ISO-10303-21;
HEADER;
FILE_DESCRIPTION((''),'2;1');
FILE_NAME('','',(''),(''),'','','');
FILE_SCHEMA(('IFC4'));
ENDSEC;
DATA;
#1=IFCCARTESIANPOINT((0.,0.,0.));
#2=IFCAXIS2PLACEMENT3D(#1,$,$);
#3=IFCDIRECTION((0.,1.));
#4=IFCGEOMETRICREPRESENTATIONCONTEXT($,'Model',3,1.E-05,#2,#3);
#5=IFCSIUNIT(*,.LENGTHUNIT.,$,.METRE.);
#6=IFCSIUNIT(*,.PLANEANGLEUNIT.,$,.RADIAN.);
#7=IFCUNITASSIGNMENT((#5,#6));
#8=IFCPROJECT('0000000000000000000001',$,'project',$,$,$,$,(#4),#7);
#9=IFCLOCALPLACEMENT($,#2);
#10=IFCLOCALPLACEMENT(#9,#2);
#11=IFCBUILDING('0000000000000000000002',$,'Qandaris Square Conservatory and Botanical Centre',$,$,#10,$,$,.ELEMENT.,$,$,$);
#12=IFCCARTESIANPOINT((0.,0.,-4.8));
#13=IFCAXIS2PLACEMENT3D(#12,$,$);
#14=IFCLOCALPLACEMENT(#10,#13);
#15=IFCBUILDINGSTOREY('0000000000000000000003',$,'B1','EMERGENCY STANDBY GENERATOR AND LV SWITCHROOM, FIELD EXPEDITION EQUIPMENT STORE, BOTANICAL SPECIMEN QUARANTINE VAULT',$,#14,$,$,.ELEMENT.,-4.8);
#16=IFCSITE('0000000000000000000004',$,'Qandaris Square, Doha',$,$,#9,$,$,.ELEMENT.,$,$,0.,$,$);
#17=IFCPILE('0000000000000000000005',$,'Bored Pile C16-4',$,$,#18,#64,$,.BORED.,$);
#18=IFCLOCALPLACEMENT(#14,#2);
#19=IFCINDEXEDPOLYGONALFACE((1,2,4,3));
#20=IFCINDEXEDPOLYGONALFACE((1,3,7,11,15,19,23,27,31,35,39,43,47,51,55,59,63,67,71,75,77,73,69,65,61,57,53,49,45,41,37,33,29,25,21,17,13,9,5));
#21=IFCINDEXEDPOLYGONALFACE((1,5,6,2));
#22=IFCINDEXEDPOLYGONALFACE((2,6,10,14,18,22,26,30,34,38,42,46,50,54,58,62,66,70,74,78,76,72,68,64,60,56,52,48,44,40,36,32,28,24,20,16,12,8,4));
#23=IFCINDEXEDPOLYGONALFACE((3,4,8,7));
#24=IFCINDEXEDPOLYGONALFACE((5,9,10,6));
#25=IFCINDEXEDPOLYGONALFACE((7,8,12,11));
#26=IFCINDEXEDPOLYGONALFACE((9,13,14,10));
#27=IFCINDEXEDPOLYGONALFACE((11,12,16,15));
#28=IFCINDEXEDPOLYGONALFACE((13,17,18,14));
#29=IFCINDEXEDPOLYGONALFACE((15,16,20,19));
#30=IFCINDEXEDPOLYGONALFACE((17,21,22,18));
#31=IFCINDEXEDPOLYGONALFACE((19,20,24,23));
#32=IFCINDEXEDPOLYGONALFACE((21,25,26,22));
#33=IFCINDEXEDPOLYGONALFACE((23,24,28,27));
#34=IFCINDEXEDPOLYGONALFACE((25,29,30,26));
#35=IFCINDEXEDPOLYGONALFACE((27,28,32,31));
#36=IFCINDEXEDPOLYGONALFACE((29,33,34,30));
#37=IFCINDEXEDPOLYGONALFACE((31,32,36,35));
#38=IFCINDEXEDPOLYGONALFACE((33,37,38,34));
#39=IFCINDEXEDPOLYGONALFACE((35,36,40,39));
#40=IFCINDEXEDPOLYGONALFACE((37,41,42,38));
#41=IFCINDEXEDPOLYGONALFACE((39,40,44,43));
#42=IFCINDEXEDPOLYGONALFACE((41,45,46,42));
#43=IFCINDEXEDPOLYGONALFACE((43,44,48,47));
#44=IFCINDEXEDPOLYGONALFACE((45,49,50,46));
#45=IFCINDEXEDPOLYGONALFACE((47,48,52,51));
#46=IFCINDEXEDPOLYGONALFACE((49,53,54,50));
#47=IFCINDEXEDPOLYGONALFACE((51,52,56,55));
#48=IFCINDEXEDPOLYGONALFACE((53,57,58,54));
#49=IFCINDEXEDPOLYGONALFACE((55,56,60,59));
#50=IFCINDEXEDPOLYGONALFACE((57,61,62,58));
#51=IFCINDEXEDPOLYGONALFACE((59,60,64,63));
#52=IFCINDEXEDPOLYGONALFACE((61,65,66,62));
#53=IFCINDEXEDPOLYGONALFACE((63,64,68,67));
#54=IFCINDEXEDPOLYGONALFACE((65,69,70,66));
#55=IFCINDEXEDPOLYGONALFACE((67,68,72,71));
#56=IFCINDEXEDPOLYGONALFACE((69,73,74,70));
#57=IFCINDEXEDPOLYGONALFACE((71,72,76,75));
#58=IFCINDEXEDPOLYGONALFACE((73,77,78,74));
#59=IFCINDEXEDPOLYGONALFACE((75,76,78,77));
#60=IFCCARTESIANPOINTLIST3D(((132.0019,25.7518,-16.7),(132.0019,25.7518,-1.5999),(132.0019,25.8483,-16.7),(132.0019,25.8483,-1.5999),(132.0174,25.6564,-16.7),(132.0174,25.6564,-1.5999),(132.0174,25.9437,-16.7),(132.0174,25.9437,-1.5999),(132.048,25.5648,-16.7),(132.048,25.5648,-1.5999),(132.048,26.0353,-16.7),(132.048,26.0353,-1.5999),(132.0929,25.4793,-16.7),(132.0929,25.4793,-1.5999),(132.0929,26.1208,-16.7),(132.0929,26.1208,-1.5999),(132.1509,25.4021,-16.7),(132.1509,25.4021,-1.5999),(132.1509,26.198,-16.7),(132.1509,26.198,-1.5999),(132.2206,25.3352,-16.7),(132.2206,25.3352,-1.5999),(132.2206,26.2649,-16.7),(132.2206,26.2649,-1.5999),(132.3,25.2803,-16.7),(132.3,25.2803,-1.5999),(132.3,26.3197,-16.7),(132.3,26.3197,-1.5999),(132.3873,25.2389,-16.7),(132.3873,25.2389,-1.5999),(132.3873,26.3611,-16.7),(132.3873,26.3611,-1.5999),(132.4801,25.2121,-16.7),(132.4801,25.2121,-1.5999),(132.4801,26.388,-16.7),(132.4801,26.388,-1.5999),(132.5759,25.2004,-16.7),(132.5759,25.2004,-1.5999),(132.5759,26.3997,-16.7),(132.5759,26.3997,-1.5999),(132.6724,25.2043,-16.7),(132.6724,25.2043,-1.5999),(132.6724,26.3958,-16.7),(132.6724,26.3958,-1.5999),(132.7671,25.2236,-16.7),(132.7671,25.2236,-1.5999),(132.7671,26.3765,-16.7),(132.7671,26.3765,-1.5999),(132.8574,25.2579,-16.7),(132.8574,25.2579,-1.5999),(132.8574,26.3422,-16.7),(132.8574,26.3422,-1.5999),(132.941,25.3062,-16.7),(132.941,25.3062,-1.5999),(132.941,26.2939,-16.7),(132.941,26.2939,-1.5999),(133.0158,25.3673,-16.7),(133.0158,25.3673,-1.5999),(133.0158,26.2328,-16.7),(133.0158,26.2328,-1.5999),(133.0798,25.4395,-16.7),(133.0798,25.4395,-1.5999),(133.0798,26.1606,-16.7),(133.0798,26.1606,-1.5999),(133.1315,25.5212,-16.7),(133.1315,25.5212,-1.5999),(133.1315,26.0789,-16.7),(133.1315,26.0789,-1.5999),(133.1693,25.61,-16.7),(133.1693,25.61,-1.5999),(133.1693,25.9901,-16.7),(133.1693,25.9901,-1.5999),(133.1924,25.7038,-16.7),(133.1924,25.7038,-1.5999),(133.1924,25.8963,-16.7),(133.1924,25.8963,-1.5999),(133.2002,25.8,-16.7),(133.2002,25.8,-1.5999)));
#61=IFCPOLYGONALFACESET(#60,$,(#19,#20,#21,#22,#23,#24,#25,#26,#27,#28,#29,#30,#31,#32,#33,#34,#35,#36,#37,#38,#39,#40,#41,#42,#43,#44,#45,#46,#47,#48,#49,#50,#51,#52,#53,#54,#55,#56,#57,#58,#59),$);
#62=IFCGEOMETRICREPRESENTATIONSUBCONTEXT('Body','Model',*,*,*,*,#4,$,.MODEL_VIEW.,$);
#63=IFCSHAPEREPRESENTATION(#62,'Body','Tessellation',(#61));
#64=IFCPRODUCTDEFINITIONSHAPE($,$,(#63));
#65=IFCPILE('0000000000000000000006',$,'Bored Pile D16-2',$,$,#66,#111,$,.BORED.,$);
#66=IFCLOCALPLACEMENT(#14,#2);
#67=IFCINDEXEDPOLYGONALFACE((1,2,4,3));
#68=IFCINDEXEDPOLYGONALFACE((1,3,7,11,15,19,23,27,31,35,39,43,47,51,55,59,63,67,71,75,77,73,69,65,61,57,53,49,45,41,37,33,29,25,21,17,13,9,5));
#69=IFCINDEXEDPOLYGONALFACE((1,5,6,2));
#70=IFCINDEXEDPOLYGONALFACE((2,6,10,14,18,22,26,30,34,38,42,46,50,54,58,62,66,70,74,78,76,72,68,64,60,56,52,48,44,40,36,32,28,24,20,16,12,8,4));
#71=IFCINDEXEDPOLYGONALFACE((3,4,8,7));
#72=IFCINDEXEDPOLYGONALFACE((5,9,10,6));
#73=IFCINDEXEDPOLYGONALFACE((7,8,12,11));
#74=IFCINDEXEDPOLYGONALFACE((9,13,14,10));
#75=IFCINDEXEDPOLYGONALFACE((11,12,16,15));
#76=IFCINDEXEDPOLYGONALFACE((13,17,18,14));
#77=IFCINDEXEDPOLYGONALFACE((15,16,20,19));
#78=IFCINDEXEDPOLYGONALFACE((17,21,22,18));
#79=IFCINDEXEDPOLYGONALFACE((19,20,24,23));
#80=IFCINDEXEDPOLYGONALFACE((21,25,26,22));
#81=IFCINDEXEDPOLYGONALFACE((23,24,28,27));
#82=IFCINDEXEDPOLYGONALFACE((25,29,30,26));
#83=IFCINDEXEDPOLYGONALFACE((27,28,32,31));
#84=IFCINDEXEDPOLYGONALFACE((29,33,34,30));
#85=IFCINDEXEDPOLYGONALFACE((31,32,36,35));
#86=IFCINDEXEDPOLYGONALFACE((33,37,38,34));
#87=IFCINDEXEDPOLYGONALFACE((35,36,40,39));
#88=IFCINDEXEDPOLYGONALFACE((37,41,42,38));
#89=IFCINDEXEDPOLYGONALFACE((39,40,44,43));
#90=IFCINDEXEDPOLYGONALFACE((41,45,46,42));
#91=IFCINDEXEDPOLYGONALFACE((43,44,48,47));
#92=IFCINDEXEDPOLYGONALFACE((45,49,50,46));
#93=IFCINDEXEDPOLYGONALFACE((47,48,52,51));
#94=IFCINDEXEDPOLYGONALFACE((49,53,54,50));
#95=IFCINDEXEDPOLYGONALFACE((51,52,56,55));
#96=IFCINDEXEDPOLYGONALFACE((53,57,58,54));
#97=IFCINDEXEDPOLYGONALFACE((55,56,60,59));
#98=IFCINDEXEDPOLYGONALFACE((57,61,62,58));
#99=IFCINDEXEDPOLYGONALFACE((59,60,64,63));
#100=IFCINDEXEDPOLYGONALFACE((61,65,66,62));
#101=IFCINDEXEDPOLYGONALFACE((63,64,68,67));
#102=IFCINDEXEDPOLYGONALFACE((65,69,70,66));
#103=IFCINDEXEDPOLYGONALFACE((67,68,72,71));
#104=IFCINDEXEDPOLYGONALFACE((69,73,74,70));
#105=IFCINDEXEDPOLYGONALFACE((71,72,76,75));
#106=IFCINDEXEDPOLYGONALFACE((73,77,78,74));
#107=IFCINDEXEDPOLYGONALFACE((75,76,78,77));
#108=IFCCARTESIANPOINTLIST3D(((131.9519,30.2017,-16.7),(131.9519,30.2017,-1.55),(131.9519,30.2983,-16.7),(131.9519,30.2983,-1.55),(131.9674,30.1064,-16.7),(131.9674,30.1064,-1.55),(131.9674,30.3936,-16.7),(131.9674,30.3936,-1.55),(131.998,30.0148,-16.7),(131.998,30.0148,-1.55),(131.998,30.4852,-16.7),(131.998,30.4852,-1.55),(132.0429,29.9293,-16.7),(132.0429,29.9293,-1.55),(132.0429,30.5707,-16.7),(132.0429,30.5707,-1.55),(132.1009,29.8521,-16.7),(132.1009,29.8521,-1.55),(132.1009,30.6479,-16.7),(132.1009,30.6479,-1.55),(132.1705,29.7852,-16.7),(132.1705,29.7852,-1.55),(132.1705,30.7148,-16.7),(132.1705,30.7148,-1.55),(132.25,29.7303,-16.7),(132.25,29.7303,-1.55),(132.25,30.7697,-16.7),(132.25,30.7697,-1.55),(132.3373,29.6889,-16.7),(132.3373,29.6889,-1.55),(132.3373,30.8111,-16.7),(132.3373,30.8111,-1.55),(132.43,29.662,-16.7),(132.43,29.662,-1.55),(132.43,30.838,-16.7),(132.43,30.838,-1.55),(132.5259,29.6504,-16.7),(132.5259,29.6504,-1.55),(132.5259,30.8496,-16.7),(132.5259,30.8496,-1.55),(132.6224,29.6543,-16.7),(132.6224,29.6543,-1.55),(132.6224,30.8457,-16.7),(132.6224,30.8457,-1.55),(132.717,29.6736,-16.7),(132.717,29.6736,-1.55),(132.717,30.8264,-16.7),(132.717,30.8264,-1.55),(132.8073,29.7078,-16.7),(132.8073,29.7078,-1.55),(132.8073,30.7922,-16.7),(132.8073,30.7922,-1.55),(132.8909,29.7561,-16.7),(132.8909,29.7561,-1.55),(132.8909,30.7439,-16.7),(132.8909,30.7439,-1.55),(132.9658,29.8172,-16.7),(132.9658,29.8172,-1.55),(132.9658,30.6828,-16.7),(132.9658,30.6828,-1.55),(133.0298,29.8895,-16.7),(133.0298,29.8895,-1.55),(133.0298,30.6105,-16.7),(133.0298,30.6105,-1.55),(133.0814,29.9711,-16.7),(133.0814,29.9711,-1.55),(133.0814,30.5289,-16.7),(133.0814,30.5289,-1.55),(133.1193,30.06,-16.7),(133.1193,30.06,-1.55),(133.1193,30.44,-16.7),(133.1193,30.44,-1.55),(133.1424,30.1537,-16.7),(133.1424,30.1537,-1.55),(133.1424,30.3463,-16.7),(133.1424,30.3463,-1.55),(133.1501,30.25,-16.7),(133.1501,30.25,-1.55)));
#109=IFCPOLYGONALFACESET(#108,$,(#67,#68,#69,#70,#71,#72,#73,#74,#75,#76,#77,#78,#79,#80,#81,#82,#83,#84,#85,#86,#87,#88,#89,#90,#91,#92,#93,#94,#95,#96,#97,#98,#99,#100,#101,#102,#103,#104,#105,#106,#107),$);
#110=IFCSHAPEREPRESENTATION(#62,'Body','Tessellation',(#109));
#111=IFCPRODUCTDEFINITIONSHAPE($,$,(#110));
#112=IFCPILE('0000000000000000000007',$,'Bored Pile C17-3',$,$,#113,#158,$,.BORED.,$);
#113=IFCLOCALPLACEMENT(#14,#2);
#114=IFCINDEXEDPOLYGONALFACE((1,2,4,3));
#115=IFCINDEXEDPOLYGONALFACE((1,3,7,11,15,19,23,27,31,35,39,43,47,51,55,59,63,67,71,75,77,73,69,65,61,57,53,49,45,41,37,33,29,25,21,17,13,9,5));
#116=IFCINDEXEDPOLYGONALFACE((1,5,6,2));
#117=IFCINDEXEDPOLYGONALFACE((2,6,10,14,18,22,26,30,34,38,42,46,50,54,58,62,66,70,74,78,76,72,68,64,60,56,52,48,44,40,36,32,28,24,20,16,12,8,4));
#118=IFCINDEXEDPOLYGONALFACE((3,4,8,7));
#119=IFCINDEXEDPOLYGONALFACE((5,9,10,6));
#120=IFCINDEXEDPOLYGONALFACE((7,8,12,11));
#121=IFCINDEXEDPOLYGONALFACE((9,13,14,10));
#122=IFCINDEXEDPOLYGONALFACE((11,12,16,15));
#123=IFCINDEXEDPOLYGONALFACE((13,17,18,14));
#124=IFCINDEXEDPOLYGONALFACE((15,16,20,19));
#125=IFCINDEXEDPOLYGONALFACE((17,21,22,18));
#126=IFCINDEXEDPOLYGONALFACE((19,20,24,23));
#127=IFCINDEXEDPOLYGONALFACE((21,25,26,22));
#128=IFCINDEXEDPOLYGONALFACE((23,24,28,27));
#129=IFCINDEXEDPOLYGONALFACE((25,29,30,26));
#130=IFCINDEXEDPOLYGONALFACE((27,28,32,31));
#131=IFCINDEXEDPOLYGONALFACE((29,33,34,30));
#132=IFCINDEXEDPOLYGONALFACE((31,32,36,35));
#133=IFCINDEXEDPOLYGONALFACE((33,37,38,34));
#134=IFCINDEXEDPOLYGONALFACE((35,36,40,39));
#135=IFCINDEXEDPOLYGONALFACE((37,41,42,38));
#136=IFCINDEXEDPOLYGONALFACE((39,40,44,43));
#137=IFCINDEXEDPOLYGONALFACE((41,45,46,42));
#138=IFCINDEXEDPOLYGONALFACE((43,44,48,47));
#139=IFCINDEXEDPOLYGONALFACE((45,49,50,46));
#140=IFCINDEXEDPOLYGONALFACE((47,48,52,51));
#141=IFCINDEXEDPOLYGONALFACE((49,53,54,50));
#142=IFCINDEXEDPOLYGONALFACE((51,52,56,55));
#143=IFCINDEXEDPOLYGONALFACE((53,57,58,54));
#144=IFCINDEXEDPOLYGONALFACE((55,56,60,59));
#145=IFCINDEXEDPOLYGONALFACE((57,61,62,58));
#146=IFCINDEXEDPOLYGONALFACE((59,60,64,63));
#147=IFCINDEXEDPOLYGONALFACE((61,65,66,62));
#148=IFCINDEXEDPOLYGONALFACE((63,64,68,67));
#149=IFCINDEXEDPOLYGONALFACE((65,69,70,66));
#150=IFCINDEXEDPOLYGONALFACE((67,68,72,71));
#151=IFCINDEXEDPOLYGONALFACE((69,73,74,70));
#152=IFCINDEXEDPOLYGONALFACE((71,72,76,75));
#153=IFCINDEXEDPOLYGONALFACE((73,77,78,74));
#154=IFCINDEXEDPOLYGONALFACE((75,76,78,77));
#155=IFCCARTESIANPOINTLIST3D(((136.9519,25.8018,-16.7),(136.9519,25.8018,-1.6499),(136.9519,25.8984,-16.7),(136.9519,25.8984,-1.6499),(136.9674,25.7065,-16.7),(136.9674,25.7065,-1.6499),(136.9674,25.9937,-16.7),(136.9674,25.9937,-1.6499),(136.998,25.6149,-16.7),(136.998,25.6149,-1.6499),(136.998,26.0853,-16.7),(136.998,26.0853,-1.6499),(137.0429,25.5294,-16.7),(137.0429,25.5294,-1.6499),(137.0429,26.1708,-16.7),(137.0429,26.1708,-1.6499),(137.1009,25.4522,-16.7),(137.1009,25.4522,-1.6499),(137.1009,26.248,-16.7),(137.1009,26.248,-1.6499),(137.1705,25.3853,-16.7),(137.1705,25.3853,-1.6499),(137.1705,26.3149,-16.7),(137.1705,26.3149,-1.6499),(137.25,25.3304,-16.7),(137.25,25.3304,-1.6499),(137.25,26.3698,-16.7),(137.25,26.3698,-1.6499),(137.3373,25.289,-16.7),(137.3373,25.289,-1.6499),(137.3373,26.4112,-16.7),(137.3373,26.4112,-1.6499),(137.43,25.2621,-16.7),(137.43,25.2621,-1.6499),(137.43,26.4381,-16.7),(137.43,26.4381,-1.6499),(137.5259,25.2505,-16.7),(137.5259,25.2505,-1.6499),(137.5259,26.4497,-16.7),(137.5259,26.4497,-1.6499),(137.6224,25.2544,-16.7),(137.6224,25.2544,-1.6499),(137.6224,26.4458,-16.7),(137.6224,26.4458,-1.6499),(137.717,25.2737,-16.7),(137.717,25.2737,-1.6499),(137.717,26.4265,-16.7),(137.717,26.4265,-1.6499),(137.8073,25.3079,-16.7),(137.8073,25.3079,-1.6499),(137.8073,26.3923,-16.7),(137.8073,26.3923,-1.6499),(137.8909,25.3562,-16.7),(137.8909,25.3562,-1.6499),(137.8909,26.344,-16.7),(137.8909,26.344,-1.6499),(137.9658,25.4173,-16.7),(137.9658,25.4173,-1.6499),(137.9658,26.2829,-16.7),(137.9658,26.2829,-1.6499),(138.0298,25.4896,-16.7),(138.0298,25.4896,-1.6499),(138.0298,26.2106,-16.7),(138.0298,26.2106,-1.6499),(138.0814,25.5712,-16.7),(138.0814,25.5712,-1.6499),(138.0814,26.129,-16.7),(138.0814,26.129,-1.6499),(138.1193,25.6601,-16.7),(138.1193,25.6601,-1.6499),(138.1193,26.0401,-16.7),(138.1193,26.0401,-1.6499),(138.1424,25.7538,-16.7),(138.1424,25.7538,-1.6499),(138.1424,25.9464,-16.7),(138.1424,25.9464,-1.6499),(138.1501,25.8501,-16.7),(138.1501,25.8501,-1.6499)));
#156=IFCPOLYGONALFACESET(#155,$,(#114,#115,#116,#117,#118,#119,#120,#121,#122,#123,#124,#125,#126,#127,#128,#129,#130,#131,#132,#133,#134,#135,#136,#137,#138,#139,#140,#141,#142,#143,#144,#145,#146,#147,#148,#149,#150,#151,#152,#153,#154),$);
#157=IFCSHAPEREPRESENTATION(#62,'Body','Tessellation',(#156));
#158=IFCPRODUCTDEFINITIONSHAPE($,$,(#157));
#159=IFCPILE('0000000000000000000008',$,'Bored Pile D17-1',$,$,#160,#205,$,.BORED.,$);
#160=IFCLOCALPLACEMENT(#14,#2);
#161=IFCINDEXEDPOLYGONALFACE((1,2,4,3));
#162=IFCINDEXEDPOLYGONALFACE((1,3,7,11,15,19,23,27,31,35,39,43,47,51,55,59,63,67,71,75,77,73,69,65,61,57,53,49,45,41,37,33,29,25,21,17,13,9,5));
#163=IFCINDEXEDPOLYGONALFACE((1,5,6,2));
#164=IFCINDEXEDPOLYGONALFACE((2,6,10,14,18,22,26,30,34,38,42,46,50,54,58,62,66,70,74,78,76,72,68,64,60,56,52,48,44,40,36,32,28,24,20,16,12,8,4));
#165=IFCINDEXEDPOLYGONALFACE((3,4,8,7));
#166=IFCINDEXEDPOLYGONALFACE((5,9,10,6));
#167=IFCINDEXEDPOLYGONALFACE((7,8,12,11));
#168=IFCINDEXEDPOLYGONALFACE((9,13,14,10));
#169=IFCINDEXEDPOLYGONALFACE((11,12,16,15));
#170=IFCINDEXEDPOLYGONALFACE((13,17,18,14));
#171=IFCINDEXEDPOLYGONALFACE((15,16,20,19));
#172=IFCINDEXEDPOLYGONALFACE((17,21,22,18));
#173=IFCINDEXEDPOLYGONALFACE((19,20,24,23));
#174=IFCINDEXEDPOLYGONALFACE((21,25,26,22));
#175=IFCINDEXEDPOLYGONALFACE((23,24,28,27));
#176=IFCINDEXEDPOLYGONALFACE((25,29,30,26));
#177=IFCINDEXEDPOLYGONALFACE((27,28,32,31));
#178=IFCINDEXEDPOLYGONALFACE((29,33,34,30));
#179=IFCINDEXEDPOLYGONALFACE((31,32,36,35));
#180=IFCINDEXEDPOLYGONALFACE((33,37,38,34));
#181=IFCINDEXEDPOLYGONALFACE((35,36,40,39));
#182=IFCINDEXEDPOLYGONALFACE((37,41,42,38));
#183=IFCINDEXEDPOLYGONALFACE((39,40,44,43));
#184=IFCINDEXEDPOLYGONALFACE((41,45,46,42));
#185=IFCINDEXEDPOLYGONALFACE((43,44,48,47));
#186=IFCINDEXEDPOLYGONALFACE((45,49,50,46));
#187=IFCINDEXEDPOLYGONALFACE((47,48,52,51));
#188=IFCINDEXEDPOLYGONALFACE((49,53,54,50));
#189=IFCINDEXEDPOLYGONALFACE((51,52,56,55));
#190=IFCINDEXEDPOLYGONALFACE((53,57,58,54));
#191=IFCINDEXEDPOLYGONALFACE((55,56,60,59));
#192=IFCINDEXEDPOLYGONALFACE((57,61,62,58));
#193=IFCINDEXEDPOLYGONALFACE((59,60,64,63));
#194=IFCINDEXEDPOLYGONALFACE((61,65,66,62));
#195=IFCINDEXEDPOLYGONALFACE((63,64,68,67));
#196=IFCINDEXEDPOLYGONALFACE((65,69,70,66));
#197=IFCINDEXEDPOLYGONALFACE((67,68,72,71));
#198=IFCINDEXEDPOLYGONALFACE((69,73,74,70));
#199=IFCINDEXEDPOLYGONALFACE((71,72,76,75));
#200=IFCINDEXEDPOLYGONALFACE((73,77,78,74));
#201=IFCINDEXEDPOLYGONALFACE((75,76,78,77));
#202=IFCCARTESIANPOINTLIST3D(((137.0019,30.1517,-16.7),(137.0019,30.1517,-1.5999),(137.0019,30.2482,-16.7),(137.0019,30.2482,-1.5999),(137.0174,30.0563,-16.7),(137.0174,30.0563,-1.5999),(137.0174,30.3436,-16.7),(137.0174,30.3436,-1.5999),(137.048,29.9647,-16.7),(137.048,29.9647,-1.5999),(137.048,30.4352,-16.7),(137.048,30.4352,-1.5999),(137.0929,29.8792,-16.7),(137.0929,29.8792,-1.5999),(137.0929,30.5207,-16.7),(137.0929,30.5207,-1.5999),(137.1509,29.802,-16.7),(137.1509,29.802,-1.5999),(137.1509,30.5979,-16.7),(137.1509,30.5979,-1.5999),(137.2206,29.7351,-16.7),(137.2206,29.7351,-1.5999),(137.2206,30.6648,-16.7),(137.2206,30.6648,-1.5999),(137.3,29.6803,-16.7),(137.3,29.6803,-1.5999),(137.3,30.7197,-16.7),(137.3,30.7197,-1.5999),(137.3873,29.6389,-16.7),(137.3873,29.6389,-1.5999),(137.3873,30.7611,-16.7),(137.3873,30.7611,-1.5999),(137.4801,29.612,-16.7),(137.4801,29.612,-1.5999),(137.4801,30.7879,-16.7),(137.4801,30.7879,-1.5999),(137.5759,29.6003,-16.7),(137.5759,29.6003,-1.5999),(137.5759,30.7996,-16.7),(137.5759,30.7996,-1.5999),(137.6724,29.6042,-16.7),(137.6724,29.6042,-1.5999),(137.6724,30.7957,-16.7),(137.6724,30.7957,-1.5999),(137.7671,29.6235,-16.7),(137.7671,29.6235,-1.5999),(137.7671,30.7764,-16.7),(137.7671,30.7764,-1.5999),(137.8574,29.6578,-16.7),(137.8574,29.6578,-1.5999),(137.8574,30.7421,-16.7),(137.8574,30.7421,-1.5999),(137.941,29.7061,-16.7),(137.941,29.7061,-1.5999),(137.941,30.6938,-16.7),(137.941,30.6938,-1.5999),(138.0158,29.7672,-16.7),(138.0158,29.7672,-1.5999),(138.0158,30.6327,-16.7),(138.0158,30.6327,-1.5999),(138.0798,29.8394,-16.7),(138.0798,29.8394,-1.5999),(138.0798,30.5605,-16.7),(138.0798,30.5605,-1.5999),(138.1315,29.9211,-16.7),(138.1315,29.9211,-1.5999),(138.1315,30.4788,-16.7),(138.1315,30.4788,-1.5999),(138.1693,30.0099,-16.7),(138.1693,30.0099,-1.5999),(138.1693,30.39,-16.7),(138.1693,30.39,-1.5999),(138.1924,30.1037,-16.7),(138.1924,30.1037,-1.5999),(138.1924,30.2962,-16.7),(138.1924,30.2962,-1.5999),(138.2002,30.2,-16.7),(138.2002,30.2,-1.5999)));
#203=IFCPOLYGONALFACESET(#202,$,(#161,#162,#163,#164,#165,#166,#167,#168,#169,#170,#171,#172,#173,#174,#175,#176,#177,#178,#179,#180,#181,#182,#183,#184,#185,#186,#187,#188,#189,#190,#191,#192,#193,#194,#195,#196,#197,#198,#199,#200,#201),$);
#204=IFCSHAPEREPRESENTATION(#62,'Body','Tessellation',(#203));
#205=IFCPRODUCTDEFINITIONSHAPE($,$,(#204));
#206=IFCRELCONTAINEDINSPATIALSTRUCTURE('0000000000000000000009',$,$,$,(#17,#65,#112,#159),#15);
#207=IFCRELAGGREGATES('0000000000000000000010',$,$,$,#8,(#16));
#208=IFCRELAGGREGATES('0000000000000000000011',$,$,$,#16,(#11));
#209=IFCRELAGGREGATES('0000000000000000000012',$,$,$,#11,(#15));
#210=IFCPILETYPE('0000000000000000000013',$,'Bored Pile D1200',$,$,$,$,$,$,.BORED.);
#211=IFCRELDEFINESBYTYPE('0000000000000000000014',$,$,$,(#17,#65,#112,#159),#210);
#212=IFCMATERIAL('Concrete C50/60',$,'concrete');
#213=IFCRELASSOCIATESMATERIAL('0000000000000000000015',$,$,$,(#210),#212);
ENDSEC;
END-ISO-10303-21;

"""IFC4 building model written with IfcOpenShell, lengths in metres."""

from ifc_helpers import new_model, si_unit, direction, frame, origin, origin_2d, place, context, subcontext, project, spatial, circle, extrude, material, material_profile, profile_set, type_object, element, save


model = new_model("IFC4")

# Units and contexts
model_context = context("Model", 3, precision=1e-05, world=origin(), true_north=direction((0.0, 1.0)))
body_context = subcontext(model_context, "Body", "Model", "MODEL_VIEW")
ifc_project = project(units=[si_unit("LENGTHUNIT", "METRE"), si_unit("PLANEANGLEUNIT", "RADIAN")], contexts=[model_context])

# Site, building, storey
site_placement = place(None, origin())
site = spatial("IfcSite", under=ifc_project, at=site_placement, Name="Qandaris Square, Doha", CompositionType="ELEMENT", RefElevation=0.0)
building_placement = place(site_placement, origin())
building = spatial("IfcBuilding", under=site, at=building_placement, Name="Qandaris Square Conservatory and Botanical Centre", CompositionType="ELEMENT")
storey_placement = place(building_placement, frame((0.0, 0.0, -4.8)))
storey = spatial("IfcBuildingStorey", under=building, at=storey_placement, Name="B1", Description="EMERGENCY STANDBY GENERATOR AND LV SWITCHROOM, FIELD EXPEDITION EQUIPMENT STORE, BOTANICAL SPECIMEN QUARANTINE VAULT", CompositionType="ELEMENT", Elevation=-4.8)

# Piles
ifc_material_1 = material(Name="Concrete C50/60", Category="concrete")
ifc_material_profile_1 = material_profile(ifc_material_1, circle(Radius=0.6001, at=origin_2d()), Name="PILE D1200")
ifc_profile_set_1 = profile_set([ifc_material_profile_1], Name="Concrete C50/60")
pile_type = type_object("IfcPileType", Name="Bored Pile D1200", PredefinedType="BORED", material=ifc_profile_set_1)
pile_1_placement = place(storey_placement, frame((132.6001, 25.8, -1.5999), z_axis=(0.0, 0.0, -1.0), x_axis=(1.0, 0.0, 0.0)))
element("IfcPile", 1, at=pile_1_placement, inside=storey, type_object=pile_type, Name="Bored Pile C16-4", PredefinedType="BORED", context=body_context, shape_type="SweptSolid", body=[
    extrude(circle(Radius=0.6001, at=origin_2d()), origin(), (0.0, 0.0, 1.0), 15.1001),
])
pile_2_placement = place(storey_placement, frame((132.55, 30.25, -1.55), z_axis=(0.0, 0.0, -1.0), x_axis=(1.0, 0.0, 0.0)))
element("IfcPile", 2, at=pile_2_placement, inside=storey, type_object=pile_type, Name="Bored Pile D16-2", PredefinedType="BORED", context=body_context, shape_type="SweptSolid", body=[
    extrude(circle(Radius=0.6001, at=origin_2d()), origin(), (0.0, 0.0, 1.0), 15.1499),
])
pile_3_placement = place(storey_placement, frame((137.55, 25.8501, -1.6499), z_axis=(0.0, 0.0, -1.0), x_axis=(1.0, 0.0, 0.0)))
element("IfcPile", 3, at=pile_3_placement, inside=storey, type_object=pile_type, Name="Bored Pile C17-3", PredefinedType="BORED", context=body_context, shape_type="SweptSolid", body=[
    extrude(circle(Radius=0.6001, at=origin_2d()), origin(), (0.0, 0.0, 1.0), 15.05),
])
for number, where, z_axis, x_axis, name in (
    (4, (137.6001, 30.2, -1.5999), (0.0, 0.0, -1.0), (1.0, 0.0, 0.0), "Bored Pile D17-1"),
):
    element("IfcPile", number, at=place(storey_placement, frame(where, z_axis=z_axis, x_axis=x_axis)), inside=storey, type_object=pile_type, Name=name, PredefinedType="BORED", context=body_context, shape_type="SweptSolid", body=[
        extrude(circle(Radius=0.6001, at=origin_2d()), origin(), (0.0, 0.0, 1.0), 15.1001),
    ])

save(model, "model.ifc")
